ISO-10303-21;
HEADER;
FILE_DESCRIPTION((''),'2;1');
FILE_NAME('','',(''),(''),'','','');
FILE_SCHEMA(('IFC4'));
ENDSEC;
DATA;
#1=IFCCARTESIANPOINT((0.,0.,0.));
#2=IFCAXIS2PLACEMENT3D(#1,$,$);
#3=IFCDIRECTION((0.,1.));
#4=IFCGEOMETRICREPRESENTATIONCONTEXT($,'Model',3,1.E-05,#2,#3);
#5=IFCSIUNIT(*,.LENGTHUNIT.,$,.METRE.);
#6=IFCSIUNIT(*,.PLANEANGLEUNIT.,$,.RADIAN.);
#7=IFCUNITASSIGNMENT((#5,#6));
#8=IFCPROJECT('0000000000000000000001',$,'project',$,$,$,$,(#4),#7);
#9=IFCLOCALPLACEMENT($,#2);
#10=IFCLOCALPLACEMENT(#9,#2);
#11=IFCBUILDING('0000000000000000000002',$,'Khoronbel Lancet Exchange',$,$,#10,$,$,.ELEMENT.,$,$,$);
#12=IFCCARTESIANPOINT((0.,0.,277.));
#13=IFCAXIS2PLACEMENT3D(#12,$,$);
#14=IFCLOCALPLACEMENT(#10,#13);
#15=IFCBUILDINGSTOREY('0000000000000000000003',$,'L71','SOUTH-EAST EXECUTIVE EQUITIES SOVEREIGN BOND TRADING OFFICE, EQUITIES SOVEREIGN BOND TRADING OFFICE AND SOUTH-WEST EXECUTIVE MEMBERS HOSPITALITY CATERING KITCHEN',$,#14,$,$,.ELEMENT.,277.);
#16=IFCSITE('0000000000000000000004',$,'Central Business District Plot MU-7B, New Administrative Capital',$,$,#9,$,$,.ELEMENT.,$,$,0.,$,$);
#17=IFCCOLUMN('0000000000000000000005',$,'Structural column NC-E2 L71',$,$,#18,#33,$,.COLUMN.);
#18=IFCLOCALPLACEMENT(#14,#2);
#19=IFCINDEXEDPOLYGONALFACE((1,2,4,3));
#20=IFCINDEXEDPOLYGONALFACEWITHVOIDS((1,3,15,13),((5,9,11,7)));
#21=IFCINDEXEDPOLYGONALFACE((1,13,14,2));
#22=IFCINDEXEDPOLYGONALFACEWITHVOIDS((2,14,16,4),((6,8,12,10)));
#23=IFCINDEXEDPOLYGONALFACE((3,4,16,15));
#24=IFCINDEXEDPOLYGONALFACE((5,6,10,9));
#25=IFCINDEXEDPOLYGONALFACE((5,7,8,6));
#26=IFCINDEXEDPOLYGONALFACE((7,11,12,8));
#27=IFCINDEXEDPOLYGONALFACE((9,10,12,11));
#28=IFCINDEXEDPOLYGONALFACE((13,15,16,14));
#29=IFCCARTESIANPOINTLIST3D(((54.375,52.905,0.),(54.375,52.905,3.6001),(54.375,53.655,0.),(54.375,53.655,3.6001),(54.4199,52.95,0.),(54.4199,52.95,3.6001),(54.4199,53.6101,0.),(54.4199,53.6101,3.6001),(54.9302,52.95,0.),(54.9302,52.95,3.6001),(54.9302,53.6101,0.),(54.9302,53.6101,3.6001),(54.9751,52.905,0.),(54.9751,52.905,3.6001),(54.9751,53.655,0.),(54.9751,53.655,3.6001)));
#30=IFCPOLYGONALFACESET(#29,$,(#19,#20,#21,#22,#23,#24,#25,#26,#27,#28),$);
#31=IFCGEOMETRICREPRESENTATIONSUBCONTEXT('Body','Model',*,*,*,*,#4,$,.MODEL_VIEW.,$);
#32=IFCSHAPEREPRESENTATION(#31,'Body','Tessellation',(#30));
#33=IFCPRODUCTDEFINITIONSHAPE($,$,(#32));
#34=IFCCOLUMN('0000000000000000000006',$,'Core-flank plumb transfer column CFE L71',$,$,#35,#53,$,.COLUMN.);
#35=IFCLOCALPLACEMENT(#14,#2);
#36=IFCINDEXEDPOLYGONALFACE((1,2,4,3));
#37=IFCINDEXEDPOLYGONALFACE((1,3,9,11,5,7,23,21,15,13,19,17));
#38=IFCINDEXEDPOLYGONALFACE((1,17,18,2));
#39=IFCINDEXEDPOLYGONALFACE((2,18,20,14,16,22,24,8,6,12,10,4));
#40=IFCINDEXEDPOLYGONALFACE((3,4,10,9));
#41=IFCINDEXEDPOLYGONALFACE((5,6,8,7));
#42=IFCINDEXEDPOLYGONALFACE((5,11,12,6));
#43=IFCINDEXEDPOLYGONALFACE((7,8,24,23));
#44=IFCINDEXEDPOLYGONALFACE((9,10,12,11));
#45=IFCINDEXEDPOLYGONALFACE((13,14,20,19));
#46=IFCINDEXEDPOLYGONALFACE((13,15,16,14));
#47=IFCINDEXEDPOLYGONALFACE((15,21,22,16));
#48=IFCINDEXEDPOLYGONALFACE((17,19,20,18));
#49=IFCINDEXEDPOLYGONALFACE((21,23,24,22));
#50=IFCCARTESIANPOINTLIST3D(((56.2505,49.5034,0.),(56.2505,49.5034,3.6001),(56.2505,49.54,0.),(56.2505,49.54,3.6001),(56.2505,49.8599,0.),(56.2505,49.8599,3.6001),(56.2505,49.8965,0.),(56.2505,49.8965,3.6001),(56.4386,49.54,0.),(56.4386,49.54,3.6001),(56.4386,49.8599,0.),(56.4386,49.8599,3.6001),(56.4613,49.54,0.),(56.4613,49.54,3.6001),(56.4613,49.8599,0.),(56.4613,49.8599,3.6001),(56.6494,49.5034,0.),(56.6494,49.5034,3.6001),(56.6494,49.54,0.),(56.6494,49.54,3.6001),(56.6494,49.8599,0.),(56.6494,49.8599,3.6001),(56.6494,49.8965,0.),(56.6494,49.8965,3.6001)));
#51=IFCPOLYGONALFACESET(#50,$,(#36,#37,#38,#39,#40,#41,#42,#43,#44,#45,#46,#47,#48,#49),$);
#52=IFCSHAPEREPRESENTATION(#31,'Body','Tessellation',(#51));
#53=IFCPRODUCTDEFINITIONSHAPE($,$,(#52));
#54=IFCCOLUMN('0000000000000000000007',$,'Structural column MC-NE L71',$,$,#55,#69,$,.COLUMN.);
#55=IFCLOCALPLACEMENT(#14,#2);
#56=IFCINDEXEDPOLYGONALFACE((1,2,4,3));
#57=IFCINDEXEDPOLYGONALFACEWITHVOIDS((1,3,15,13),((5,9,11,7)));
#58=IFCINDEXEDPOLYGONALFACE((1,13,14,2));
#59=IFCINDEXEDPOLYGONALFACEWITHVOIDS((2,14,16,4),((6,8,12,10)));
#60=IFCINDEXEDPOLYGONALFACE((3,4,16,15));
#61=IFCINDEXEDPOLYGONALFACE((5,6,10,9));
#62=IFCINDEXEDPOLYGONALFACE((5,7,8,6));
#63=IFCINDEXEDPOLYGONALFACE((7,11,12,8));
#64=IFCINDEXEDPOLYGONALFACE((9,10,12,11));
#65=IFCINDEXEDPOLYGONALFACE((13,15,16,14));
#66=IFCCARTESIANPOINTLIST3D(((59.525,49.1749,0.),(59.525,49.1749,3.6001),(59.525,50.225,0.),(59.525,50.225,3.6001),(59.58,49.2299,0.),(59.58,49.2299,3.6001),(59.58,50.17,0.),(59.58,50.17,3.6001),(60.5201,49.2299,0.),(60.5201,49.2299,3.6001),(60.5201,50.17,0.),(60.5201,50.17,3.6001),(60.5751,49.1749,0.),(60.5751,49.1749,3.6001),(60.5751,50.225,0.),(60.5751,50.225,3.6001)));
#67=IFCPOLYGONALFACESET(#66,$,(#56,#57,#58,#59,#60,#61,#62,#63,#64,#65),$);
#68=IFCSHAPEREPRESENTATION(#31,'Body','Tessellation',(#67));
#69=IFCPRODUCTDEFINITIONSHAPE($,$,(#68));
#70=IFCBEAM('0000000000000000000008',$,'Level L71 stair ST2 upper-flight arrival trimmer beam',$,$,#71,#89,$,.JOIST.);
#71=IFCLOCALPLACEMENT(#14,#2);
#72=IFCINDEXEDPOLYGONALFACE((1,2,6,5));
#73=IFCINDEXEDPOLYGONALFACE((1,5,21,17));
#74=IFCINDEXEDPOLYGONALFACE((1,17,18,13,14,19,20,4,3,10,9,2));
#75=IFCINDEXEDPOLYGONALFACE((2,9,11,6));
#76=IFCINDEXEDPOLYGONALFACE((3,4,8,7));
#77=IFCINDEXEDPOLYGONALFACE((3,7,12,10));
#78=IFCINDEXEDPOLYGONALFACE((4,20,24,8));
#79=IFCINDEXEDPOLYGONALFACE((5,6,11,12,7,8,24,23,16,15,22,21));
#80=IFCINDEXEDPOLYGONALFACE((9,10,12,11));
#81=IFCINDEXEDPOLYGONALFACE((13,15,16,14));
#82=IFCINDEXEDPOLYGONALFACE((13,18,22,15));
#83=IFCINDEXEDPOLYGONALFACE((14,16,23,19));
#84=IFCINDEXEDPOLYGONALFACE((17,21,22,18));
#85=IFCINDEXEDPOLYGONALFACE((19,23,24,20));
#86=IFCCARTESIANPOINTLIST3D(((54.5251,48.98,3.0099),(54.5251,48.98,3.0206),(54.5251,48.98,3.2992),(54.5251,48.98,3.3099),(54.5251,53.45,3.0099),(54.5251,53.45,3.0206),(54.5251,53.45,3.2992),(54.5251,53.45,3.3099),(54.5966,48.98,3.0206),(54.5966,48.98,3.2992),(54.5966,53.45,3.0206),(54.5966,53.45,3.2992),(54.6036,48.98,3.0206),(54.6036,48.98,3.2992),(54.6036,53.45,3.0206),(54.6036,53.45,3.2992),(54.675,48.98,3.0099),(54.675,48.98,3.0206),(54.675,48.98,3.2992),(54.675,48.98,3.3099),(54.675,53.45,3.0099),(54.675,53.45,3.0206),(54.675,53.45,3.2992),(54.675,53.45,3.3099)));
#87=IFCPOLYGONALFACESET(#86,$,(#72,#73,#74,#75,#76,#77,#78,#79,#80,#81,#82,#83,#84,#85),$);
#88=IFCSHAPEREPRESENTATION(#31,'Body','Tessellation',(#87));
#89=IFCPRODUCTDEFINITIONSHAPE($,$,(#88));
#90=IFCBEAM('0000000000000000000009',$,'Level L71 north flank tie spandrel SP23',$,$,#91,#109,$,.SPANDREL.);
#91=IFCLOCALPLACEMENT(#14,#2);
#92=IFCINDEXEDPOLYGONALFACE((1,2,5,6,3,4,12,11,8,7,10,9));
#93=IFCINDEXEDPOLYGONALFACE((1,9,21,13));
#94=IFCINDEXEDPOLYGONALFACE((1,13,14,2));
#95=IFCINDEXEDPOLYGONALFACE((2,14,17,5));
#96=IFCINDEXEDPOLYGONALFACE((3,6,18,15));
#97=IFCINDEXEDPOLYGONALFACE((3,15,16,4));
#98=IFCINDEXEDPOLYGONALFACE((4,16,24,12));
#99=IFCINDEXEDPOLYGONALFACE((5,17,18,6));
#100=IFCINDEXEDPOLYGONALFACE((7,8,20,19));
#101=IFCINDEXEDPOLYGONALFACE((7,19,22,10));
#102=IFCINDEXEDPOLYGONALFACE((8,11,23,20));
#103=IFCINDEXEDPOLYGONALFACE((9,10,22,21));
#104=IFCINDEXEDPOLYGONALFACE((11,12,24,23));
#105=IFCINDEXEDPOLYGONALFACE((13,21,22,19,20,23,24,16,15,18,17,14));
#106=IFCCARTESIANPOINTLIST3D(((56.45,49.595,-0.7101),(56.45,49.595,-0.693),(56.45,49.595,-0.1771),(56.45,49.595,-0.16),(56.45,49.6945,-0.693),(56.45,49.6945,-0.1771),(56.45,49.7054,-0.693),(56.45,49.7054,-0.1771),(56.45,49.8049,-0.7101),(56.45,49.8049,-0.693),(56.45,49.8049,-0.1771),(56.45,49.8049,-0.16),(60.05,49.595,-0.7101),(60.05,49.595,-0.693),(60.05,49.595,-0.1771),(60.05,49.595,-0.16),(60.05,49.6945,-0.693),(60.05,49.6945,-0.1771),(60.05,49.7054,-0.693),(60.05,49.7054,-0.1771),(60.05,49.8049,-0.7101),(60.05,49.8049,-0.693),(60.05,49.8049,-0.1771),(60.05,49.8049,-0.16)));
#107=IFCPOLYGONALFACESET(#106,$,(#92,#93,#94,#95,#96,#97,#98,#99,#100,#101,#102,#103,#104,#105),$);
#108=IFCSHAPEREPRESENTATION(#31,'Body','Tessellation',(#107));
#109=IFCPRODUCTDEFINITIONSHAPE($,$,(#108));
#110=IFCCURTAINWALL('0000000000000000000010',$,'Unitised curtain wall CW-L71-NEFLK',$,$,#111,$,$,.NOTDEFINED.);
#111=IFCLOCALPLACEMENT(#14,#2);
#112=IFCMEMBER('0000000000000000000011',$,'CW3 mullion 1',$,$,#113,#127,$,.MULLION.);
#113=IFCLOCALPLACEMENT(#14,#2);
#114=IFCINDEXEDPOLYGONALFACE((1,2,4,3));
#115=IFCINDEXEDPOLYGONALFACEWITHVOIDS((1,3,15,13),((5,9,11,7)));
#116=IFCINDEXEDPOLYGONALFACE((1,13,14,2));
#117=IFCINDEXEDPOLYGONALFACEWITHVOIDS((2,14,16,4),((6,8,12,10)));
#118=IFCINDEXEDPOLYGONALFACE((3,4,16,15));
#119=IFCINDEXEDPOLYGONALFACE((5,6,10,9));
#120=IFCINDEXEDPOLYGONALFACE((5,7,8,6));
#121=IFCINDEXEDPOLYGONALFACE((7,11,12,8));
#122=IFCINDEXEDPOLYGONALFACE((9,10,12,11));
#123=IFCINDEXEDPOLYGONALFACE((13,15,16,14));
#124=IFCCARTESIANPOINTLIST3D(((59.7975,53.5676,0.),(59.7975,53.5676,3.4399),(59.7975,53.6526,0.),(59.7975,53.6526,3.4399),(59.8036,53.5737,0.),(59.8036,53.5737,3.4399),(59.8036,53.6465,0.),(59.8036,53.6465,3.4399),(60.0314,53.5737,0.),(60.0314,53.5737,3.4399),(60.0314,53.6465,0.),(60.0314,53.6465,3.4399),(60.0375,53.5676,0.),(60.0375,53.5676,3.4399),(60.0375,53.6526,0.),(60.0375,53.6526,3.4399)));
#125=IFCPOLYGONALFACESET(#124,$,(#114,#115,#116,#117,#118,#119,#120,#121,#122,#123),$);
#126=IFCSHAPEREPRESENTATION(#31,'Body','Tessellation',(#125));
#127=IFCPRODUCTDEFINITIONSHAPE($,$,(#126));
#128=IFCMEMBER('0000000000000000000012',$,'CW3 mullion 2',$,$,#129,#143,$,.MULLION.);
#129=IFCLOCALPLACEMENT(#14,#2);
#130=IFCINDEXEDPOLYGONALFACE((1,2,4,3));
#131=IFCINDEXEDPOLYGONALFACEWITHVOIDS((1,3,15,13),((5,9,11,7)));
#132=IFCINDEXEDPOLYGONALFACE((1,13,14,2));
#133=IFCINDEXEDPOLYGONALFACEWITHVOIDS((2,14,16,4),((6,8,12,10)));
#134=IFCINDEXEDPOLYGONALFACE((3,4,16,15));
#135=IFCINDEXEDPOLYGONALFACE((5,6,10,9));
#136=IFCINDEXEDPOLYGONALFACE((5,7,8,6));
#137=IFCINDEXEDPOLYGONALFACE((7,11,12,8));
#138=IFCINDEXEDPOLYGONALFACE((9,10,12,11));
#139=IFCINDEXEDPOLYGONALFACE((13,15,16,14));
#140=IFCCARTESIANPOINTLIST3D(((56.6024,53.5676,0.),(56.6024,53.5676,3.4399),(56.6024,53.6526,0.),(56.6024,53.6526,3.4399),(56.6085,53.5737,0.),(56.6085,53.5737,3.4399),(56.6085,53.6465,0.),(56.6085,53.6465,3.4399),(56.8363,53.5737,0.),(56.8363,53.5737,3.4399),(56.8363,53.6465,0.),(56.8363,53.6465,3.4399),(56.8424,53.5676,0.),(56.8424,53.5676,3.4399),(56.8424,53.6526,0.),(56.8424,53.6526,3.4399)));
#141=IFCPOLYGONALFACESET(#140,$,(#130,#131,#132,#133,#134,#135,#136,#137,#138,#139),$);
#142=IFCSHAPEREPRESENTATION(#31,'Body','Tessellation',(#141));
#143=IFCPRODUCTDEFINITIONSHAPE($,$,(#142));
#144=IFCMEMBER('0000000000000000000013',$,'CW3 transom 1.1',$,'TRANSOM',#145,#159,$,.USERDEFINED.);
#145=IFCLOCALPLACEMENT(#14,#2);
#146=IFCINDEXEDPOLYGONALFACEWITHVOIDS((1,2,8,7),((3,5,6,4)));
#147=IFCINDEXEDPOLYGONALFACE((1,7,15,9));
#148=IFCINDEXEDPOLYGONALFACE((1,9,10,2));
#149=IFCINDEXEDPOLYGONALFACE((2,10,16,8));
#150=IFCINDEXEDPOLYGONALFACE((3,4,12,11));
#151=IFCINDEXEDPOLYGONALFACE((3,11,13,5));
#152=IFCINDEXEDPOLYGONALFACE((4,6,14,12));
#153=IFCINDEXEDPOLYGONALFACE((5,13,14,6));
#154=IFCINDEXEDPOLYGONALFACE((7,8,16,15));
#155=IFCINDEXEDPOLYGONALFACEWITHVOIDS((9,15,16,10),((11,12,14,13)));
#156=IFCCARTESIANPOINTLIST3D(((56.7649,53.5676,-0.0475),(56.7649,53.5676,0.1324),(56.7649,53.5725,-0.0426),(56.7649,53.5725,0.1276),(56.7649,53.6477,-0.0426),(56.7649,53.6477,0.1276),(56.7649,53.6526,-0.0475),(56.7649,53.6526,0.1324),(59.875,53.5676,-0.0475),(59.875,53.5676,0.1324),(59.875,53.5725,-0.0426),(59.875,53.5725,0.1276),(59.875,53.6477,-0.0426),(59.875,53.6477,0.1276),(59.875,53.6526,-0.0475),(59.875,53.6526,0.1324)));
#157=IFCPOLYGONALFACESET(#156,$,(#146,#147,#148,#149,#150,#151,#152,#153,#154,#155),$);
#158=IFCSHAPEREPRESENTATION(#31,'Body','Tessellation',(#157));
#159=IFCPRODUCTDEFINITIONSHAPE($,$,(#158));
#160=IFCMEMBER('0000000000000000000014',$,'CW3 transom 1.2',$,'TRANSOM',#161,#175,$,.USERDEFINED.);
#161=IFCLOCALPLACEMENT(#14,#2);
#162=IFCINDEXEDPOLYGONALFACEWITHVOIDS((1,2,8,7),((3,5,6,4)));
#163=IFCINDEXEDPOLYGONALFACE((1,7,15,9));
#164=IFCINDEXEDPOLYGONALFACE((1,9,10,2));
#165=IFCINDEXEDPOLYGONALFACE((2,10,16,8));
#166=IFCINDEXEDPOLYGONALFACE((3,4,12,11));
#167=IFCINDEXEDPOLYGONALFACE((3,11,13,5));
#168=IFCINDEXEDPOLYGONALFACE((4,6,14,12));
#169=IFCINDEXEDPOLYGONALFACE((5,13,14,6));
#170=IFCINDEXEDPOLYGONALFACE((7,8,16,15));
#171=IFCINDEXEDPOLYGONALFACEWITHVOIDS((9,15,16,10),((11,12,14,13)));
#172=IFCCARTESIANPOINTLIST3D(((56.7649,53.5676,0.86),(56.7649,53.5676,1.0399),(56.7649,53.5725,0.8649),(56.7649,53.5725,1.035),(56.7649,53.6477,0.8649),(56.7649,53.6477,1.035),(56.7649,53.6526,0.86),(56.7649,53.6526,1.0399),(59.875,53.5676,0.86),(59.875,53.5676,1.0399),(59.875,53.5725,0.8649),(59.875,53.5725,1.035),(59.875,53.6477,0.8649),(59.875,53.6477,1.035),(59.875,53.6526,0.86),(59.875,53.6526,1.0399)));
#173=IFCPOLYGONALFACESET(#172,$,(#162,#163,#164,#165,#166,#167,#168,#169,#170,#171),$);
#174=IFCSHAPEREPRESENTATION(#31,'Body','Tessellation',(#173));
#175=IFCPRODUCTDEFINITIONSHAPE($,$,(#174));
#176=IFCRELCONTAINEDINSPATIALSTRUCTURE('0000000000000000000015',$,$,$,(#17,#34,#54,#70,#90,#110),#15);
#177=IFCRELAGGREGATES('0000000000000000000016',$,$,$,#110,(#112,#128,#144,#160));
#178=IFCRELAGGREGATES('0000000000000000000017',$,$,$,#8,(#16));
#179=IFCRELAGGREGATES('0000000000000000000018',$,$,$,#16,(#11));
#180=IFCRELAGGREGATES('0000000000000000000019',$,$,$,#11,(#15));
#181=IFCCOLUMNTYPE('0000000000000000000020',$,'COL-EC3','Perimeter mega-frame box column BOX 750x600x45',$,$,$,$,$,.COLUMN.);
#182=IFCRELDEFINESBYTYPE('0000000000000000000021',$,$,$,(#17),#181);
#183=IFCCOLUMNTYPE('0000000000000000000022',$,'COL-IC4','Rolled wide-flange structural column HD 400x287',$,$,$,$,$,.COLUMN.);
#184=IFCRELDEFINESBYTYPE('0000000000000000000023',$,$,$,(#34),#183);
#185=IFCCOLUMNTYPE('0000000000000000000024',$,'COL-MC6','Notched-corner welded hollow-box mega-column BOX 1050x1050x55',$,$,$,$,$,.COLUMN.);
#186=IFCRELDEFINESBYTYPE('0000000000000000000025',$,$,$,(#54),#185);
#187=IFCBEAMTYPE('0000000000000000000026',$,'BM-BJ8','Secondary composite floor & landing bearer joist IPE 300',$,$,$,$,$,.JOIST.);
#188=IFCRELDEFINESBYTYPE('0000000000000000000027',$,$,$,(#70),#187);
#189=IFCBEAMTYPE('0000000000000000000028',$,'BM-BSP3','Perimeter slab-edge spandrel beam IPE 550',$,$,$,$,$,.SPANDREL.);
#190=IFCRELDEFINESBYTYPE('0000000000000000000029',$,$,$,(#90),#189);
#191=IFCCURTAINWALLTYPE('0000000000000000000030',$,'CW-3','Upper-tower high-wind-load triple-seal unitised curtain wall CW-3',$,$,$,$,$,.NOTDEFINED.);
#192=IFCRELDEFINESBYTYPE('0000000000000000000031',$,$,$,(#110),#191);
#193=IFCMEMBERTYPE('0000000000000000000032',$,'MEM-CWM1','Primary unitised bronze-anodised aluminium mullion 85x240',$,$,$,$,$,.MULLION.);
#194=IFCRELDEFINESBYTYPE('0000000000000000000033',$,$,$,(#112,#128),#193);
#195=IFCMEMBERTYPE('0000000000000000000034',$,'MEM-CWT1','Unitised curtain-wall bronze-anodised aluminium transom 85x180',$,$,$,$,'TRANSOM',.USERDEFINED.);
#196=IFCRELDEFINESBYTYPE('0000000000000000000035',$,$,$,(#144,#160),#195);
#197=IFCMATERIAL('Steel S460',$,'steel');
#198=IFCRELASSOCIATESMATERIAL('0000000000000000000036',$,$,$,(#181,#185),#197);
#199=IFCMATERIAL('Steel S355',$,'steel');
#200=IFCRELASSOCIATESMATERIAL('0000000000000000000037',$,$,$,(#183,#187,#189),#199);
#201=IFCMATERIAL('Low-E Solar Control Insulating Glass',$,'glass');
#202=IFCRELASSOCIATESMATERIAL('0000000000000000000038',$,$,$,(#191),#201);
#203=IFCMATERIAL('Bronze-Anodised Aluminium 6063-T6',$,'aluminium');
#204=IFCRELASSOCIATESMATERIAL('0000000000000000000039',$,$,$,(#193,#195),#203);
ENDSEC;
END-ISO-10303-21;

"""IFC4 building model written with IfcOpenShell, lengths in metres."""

from ifc_helpers import new_model, si_unit, direction, frame, origin, origin_2d, place, context, subcontext, project, spatial, hollow_rectangle, i_section, extrude, material, material_profile, profile_set, type_object, element, aggregate, save


model = new_model("IFC4")

# Units and contexts
model_context = context("Model", 3, precision=1e-05, world=origin(), true_north=direction((0.0, 1.0)))
body_context = subcontext(model_context, "Body", "Model", "MODEL_VIEW")
ifc_project = project(units=[si_unit("LENGTHUNIT", "METRE"), si_unit("PLANEANGLEUNIT", "RADIAN")], contexts=[model_context])

# Site, building, storey
site_placement = place(None, origin())
site = spatial("IfcSite", under=ifc_project, at=site_placement, Name="Central Business District Plot MU-7B, New Administrative Capital", CompositionType="ELEMENT", RefElevation=0.0)
building_placement = place(site_placement, origin())
building = spatial("IfcBuilding", under=site, at=building_placement, Name="Khoronbel Lancet Exchange", CompositionType="ELEMENT")
storey_placement = place(building_placement, frame((0.0, 0.0, 277.0)))
storey = spatial("IfcBuildingStorey", under=building, at=storey_placement, Name="L71", Description="SOUTH-EAST EXECUTIVE EQUITIES SOVEREIGN BOND TRADING OFFICE, EQUITIES SOVEREIGN BOND TRADING OFFICE AND SOUTH-WEST EXECUTIVE MEMBERS HOSPITALITY CATERING KITCHEN", CompositionType="ELEMENT", Elevation=277.0)

# Columns
ifc_material_1 = material(Name="Steel S460", Category="steel")
ifc_material_profile_1 = material_profile(ifc_material_1, hollow_rectangle(XDim=0.6001, YDim=0.75, WallThickness=0.0449, at=origin_2d()), Name="BOX 750x600x45")
ifc_profile_set_1 = profile_set([ifc_material_profile_1], Name="Steel S460")
column_type_1 = type_object("IfcColumnType", Name="COL-EC3", Description="Perimeter mega-frame box column BOX 750x600x45", PredefinedType="COLUMN", material=ifc_profile_set_1)
column_1_placement = place(storey_placement, frame((54.675, 53.28, 0.0), z_axis=(0.0, 0.0, 1.0), x_axis=(1.0, 0.0, 0.0)))
element("IfcColumn", 1, at=column_1_placement, inside=storey, type_object=column_type_1, Name="Structural column NC-E2 L71", PredefinedType="COLUMN", context=body_context, shape_type="SweptSolid", body=[
    extrude(hollow_rectangle(XDim=0.6001, YDim=0.75, WallThickness=0.0449, at=origin_2d()), origin(), (0.0, 0.0, 1.0), 3.6001),
])
ifc_material_2 = material(Name="Steel S355", Category="steel")
ifc_material_profile_2 = material_profile(ifc_material_2, i_section(OverallWidth=0.3989, OverallDepth=0.3931, WebThickness=0.0227, FlangeThickness=0.0366, at=origin_2d()), Name="HD 400x287")
ifc_profile_set_2 = profile_set([ifc_material_profile_2], Name="Steel S355")
column_type_2 = type_object("IfcColumnType", Name="COL-IC4", Description="Rolled wide-flange structural column HD 400x287", PredefinedType="COLUMN", material=ifc_profile_set_2)
column_2_placement = place(storey_placement, frame((56.45, 49.7, 0.0), z_axis=(0.0, 0.0, 1.0), x_axis=(1.0, 0.0, 0.0)))
element("IfcColumn", 2, at=column_2_placement, inside=storey, type_object=column_type_2, Name="Core-flank plumb transfer column CFE L71", PredefinedType="COLUMN", context=body_context, shape_type="SweptSolid", body=[
    extrude(i_section(OverallWidth=0.3989, OverallDepth=0.3931, WebThickness=0.0227, FlangeThickness=0.0366, at=origin_2d()), origin(), (0.0, 0.0, 1.0), 3.6001),
])
ifc_material_profile_3 = material_profile(ifc_material_1, hollow_rectangle(XDim=1.05, YDim=1.05, WallThickness=0.0549, at=origin_2d()), Name="BOX 1050x1050x55")
ifc_profile_set_3 = profile_set([ifc_material_profile_3], Name="Steel S460")
column_type_3 = type_object("IfcColumnType", Name="COL-MC6", Description="Notched-corner welded hollow-box mega-column BOX 1050x1050x55", PredefinedType="COLUMN", material=ifc_profile_set_3)
column_3_placement = place(storey_placement, frame((60.05, 49.7, 0.0), z_axis=(0.0, 0.0, 1.0), x_axis=(1.0, 0.0, 0.0)))
element("IfcColumn", 3, at=column_3_placement, inside=storey, type_object=column_type_3, Name="Structural column MC-NE L71", PredefinedType="COLUMN", context=body_context, shape_type="SweptSolid", body=[
    extrude(hollow_rectangle(XDim=1.05, YDim=1.05, WallThickness=0.0549, at=origin_2d()), origin(), (0.0, 0.0, 1.0), 3.6001),
])

# Beams
ifc_material_profile_4 = material_profile(ifc_material_2, i_section(OverallWidth=0.1499, OverallDepth=0.3, WebThickness=0.0071, FlangeThickness=0.0107, at=origin_2d()), Name="IPE 300")
ifc_profile_set_4 = profile_set([ifc_material_profile_4], Name="Steel S355")
beam_type_1 = type_object("IfcBeamType", Name="BM-BJ8", Description="Secondary composite floor & landing bearer joist IPE 300", PredefinedType="JOIST", material=ifc_profile_set_4)
beam_1_placement = place(storey_placement, frame((54.6001, 48.98, 3.1599), z_axis=(0.0, 1.0, 0.0), x_axis=(-1.0, 0.0, 0.0)))
element("IfcBeam", 4, at=beam_1_placement, inside=storey, type_object=beam_type_1, Name="Level L71 stair ST2 upper-flight arrival trimmer beam", PredefinedType="JOIST", context=body_context, shape_type="SweptSolid", body=[
    extrude(i_section(OverallWidth=0.1499, OverallDepth=0.3, WebThickness=0.0071, FlangeThickness=0.0107, at=origin_2d()), origin(), (0.0, 0.0, 1.0), 4.47),
])
ifc_material_profile_5 = material_profile(ifc_material_2, i_section(OverallWidth=0.21, OverallDepth=0.55, WebThickness=0.011, FlangeThickness=0.0171, at=origin_2d()), Name="IPE 550")
ifc_profile_set_5 = profile_set([ifc_material_profile_5], Name="Steel S355")
beam_type_2 = type_object("IfcBeamType", Name="BM-BSP3", Description="Perimeter slab-edge spandrel beam IPE 550", PredefinedType="SPANDREL", material=ifc_profile_set_5)
beam_2_placement = place(storey_placement, frame((60.05, 49.7, -0.4351), z_axis=(-1.0, 0.0, 0.0), x_axis=(0.0, -1.0, 0.0)))
element("IfcBeam", 5, at=beam_2_placement, inside=storey, type_object=beam_type_2, Name="Level L71 north flank tie spandrel SP23", PredefinedType="SPANDREL", context=body_context, shape_type="SweptSolid", body=[
    extrude(i_section(OverallWidth=0.21, OverallDepth=0.55, WebThickness=0.011, FlangeThickness=0.0171, at=origin_2d()), origin(), (0.0, 0.0, 1.0), 3.6001),
])

# Curtain wall, members
ifc_material_3 = material(Name="Low-E Solar Control Insulating Glass", Category="glass")
curtain_wall_type = type_object("IfcCurtainWallType", Name="CW-3", Description="Upper-tower high-wind-load triple-seal unitised curtain wall CW-3", PredefinedType="NOTDEFINED", material=ifc_material_3)
curtain_wall_placement = place(storey_placement, origin())
curtain_wall = element("IfcCurtainWall", 6, at=curtain_wall_placement, inside=storey, type_object=curtain_wall_type, Name="Unitised curtain wall CW-L71-NEFLK", PredefinedType="NOTDEFINED")
ifc_material_4 = material(Name="Bronze-Anodised Aluminium 6063-T6", Category="aluminium")
ifc_material_profile_6 = material_profile(ifc_material_4, hollow_rectangle(XDim=0.085, YDim=0.24, WallThickness=0.0061, at=origin_2d()), Name="ALU MULLION 85x240")
ifc_profile_set_6 = profile_set([ifc_material_profile_6], Name="Bronze-Anodised Aluminium 6063-T6")
member_type_1 = type_object("IfcMemberType", Name="MEM-CWM1", Description="Primary unitised bronze-anodised aluminium mullion 85x240", PredefinedType="MULLION", material=ifc_profile_set_6)
member_1_placement = place(storey_placement, frame((59.9175, 53.6101, 0.0), z_axis=(0.0, 0.0, 1.0), x_axis=(0.0, -1.0, 0.0)))
member_1 = element("IfcMember", 7, at=member_1_placement, type_object=member_type_1, Name="CW3 mullion 1", PredefinedType="MULLION", context=body_context, shape_type="SweptSolid", body=[
    extrude(hollow_rectangle(XDim=0.085, YDim=0.24, WallThickness=0.0061, at=origin_2d()), origin(), (0.0, 0.0, 1.0), 3.4399),
])
member_2_placement = place(storey_placement, frame((56.7224, 53.6101, 0.0), z_axis=(0.0, 0.0, 1.0), x_axis=(0.0, -1.0, 0.0)))
member_2 = element("IfcMember", 8, at=member_2_placement, type_object=member_type_1, Name="CW3 mullion 2", PredefinedType="MULLION", context=body_context, shape_type="SweptSolid", body=[
    extrude(hollow_rectangle(XDim=0.085, YDim=0.24, WallThickness=0.0061, at=origin_2d()), origin(), (0.0, 0.0, 1.0), 3.4399),
])
ifc_material_profile_7 = material_profile(ifc_material_4, hollow_rectangle(XDim=0.085, YDim=0.1799, WallThickness=0.0049, at=origin_2d()), Name="ALU TRANSOM 85x180")
ifc_profile_set_7 = profile_set([ifc_material_profile_7], Name="Bronze-Anodised Aluminium 6063-T6")
member_type_2 = type_object("IfcMemberType", Name="MEM-CWT1", Description="Unitised curtain-wall bronze-anodised aluminium transom 85x180", ElementType="TRANSOM", PredefinedType="USERDEFINED", material=ifc_profile_set_7)
member_3_placement = place(storey_placement, frame((59.875, 53.6101, 0.0425), z_axis=(-1.0, 0.0, 0.0), x_axis=(0.0, -1.0, 0.0)))
member_3 = element("IfcMember", 9, at=member_3_placement, type_object=member_type_2, Name="CW3 transom 1.1", ObjectType="TRANSOM", PredefinedType="USERDEFINED", context=body_context, shape_type="SweptSolid", body=[
    extrude(hollow_rectangle(XDim=0.085, YDim=0.1799, WallThickness=0.0049, at=origin_2d()), origin(), (0.0, 0.0, 1.0), 3.1101),
])
member_4_placement = place(storey_placement, frame((59.875, 53.6101, 0.95), z_axis=(-1.0, 0.0, 0.0), x_axis=(0.0, -1.0, 0.0)))
member_4 = element("IfcMember", 10, at=member_4_placement, type_object=member_type_2, Name="CW3 transom 1.2", ObjectType="TRANSOM", PredefinedType="USERDEFINED", context=body_context, shape_type="SweptSolid", body=[
    extrude(hollow_rectangle(XDim=0.085, YDim=0.1799, WallThickness=0.0049, at=origin_2d()), origin(), (0.0, 0.0, 1.0), 3.1101),
])
aggregate(curtain_wall, [member_1, member_2, member_3, member_4])

save(model, "model.ifc")
